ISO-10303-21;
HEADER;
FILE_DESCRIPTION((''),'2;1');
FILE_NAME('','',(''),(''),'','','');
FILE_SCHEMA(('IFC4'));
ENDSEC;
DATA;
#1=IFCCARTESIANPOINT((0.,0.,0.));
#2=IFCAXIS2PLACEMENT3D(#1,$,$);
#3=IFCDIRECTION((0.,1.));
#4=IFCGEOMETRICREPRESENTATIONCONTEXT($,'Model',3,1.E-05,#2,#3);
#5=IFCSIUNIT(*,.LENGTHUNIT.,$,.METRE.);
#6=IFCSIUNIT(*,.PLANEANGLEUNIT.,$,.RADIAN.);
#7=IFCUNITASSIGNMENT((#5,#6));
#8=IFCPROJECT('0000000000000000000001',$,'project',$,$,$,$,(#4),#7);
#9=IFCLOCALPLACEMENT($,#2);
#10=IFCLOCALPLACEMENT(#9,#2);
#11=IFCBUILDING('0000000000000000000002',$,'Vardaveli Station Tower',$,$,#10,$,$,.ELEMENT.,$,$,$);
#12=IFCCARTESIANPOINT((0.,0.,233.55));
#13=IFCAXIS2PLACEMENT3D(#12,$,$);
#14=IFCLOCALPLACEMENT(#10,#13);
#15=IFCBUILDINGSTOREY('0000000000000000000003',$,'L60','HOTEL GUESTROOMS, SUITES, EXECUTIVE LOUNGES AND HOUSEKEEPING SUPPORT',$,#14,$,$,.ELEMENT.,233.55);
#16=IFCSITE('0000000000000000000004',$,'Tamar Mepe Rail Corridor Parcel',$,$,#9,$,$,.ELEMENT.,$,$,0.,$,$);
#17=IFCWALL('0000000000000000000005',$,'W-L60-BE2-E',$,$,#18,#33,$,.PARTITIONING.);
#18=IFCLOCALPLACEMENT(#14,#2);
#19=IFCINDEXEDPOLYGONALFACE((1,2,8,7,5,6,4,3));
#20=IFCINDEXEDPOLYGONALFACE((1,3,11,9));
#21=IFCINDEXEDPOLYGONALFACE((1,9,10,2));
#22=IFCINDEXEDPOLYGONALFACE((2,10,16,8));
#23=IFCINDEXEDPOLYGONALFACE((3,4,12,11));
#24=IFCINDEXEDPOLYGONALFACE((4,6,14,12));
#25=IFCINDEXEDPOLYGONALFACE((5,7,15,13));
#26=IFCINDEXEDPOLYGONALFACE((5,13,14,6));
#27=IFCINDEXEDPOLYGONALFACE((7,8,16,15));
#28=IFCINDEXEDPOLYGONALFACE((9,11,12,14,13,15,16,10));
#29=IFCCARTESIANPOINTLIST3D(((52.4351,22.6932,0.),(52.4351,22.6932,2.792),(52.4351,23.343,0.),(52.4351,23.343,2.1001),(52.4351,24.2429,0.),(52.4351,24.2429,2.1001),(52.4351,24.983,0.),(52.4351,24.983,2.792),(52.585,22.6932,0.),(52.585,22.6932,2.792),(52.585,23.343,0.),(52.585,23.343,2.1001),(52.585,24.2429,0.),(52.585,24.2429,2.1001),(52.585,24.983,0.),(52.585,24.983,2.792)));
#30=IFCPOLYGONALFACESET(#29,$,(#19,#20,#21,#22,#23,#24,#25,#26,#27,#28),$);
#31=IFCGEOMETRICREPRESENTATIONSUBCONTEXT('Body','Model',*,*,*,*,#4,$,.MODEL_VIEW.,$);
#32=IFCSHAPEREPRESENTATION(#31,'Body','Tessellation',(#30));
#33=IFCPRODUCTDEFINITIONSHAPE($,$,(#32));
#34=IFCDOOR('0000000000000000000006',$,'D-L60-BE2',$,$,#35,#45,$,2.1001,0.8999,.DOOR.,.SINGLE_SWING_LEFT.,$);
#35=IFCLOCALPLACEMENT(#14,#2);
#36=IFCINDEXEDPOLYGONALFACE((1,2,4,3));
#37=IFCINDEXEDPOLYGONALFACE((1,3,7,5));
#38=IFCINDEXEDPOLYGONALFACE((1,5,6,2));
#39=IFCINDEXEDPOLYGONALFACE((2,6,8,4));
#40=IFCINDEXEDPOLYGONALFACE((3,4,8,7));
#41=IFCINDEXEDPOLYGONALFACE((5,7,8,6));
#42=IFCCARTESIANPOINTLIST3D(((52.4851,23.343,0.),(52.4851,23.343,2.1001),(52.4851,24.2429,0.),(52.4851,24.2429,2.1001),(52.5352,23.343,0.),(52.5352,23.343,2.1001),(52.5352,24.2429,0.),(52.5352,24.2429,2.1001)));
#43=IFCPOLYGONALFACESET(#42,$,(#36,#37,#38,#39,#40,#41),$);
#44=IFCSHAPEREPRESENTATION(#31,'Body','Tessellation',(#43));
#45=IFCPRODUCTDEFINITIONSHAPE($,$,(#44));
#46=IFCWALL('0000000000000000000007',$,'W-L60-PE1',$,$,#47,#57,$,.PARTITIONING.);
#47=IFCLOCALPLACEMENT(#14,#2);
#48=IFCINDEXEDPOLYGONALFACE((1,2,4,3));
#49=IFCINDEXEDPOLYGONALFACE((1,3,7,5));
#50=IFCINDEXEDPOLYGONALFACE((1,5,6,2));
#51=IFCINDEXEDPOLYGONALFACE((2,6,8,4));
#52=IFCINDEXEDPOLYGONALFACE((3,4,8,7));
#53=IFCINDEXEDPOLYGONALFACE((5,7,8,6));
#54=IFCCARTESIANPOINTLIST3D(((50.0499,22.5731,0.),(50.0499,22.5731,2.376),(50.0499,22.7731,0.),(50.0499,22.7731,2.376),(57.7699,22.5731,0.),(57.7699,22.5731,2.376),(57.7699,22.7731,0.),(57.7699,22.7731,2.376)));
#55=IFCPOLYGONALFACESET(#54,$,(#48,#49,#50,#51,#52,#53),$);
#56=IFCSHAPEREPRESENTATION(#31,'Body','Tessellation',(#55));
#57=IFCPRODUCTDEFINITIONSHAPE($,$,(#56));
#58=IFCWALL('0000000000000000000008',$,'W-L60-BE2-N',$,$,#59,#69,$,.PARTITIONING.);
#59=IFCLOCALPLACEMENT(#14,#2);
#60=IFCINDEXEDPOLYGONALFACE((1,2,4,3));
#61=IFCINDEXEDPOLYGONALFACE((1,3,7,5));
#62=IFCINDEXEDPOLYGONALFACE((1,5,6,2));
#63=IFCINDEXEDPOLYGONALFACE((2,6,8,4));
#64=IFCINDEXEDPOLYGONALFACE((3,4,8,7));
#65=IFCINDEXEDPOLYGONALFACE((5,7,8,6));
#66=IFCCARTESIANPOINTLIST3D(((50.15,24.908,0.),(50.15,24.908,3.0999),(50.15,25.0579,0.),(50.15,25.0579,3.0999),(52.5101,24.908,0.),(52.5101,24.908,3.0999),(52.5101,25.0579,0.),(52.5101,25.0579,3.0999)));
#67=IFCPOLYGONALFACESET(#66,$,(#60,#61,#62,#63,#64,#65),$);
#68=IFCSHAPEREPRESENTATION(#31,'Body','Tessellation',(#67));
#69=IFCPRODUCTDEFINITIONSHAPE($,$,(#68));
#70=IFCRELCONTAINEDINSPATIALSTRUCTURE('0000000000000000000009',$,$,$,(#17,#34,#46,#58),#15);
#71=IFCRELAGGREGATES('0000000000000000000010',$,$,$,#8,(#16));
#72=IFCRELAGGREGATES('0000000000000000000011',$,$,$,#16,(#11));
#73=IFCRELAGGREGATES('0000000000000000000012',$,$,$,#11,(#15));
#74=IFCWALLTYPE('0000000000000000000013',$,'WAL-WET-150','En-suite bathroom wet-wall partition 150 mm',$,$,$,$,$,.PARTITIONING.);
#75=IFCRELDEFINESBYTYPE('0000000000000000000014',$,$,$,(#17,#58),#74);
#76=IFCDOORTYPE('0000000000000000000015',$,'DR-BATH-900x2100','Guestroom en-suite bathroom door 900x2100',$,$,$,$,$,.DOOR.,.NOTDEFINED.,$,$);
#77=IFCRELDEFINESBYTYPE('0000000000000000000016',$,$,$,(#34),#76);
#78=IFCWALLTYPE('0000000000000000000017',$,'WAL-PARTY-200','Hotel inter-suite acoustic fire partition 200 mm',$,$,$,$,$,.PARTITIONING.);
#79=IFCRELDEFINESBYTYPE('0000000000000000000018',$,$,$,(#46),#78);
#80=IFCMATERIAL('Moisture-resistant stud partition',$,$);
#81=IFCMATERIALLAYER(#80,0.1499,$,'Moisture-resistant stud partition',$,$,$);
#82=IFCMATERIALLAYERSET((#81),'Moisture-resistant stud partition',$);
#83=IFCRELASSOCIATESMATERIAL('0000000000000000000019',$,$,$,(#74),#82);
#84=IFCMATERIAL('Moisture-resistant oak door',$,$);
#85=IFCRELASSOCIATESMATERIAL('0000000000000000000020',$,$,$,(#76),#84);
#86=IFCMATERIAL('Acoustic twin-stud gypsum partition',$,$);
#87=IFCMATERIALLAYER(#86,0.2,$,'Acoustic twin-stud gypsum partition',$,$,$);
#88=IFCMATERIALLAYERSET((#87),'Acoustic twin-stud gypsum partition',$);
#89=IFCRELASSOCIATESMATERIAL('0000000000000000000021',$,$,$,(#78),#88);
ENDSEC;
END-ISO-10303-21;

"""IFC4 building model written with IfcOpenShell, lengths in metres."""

from ifc_helpers import new_model, si_unit, direction, frame, frame_2d, origin, place, context, subcontext, project, spatial, rectangle, extrude, source, transform, mapped, material, layer, layer_set, type_object, element, fill, save


model = new_model("IFC4")

# Units and contexts
model_context = context("Model", 3, precision=1e-05, world=origin(), true_north=direction((0.0, 1.0)))
body_context = subcontext(model_context, "Body", "Model", "MODEL_VIEW")
ifc_project = project(units=[si_unit("LENGTHUNIT", "METRE"), si_unit("PLANEANGLEUNIT", "RADIAN")], contexts=[model_context])

# Site, building, storey
site_placement = place(None, origin())
site = spatial("IfcSite", under=ifc_project, at=site_placement, Name="Tamar Mepe Rail Corridor Parcel", CompositionType="ELEMENT", RefElevation=0.0)
building_placement = place(site_placement, origin())
building = spatial("IfcBuilding", under=site, at=building_placement, Name="Vardaveli Station Tower", CompositionType="ELEMENT")
storey_placement = place(building_placement, frame((0.0, 0.0, 233.55)))
storey = spatial("IfcBuildingStorey", under=building, at=storey_placement, Name="L60", Description="HOTEL GUESTROOMS, SUITES, EXECUTIVE LOUNGES AND HOUSEKEEPING SUPPORT", CompositionType="ELEMENT", Elevation=233.55)

# Wall, opening, door
ifc_material_1 = material(Name="Moisture-resistant stud partition")
ifc_layer_1 = layer(ifc_material_1, 0.1499, Name="Moisture-resistant stud partition")
ifc_layer_set_1 = layer_set([ifc_layer_1], Name="Moisture-resistant stud partition")
wall_type_1 = type_object("IfcWallType", Name="WAL-WET-150", Description="En-suite bathroom wet-wall partition 150 mm", PredefinedType="PARTITIONING", material=ifc_layer_set_1)
shared_shape_1 = source(origin(), body_context, "Body", "SweptSolid", [
    extrude(rectangle(XDim=2.2898, YDim=0.1499, at=frame_2d((1.145, 0.0))), origin(), (0.0, 0.0, 1.0), 2.792),
])
wall_1_placement = place(storey_placement, frame((52.51, 22.6931, 0.0), z_axis=(0.0, 0.0, 1.0), x_axis=(0.0, 1.0, 0.0)))
wall_1 = element("IfcWall", 1, at=wall_1_placement, inside=storey, type_object=wall_type_1, Name="W-L60-BE2-E", PredefinedType="PARTITIONING", context=body_context, shape_type="MappedRepresentation", body=[
    mapped(shared_shape_1, transform((0.0, 0.0, 0.0), scale=1.0)),
])
shared_shape_2 = source(origin(), body_context, "Body", "SweptSolid", [
    extrude(rectangle(XDim=0.8999, YDim=2.1001, at=frame_2d((0.45, 1.05))), frame((0.0, 0.085, 0.0), z_axis=(0.0, -1.0, 0.0), x_axis=(1.0, 0.0, 0.0)), (0.0, 0.0, 1.0), 0.1699),
])
opening_1_placement = place(wall_1_placement, frame((0.6499, 0.0, 0.0)))
opening_1 = element("IfcOpeningElement", 2, at=opening_1_placement, cuts=wall_1, PredefinedType="OPENING", context=body_context, shape_type="MappedRepresentation", body=[
    mapped(shared_shape_2, transform((0.0, 0.0, 0.0), scale=1.0)),
])
ifc_material_2 = material(Name="Moisture-resistant oak door")
door_type_1 = type_object("IfcDoorType", Name="DR-BATH-900x2100", Description="Guestroom en-suite bathroom door 900x2100", OperationType="NOTDEFINED", PredefinedType="DOOR", material=ifc_material_2)
shared_shape_3 = source(origin(), body_context, "Body", "SweptSolid", [
    extrude(rectangle(XDim=0.8999, YDim=2.1001, at=frame_2d((0.45, 1.05))), frame((0.0, 0.0249, 0.0), z_axis=(0.0, -1.0, 0.0), x_axis=(1.0, 0.0, 0.0)), (0.0, 0.0, 1.0), 0.05),
])
door_1_placement = place(opening_1_placement, origin())
door_1 = element("IfcDoor", 3, at=door_1_placement, inside=storey, type_object=door_type_1, Name="D-L60-BE2", OperationType="SINGLE_SWING_LEFT", OverallHeight=2.1001, OverallWidth=0.8999, PredefinedType="DOOR", context=body_context, shape_type="MappedRepresentation", body=[
    mapped(shared_shape_3, transform((0.0, 0.0, 0.0), scale=1.0)),
])
fill(opening_1, door_1)

# Walls
ifc_material_3 = material(Name="Acoustic twin-stud gypsum partition")
ifc_layer_2 = layer(ifc_material_3, 0.2, Name="Acoustic twin-stud gypsum partition")
ifc_layer_set_2 = layer_set([ifc_layer_2], Name="Acoustic twin-stud gypsum partition")
wall_type_2 = type_object("IfcWallType", Name="WAL-PARTY-200", Description="Hotel inter-suite acoustic fire partition 200 mm", PredefinedType="PARTITIONING", material=ifc_layer_set_2)
shared_shape_4 = source(origin(), body_context, "Body", "SweptSolid", [
    extrude(rectangle(XDim=7.72, YDim=0.2, at=frame_2d((3.8599, 0.0))), origin(), (0.0, 0.0, 1.0), 2.376),
])
wall_2_placement = place(storey_placement, frame((50.05, 22.6731, 0.0), z_axis=(0.0, 0.0, 1.0), x_axis=(1.0, 0.0, 0.0)))
element("IfcWall", 4, at=wall_2_placement, inside=storey, type_object=wall_type_2, Name="W-L60-PE1", PredefinedType="PARTITIONING", context=body_context, shape_type="MappedRepresentation", body=[
    mapped(shared_shape_4, transform((0.0, 0.0, 0.0), scale=1.0)),
])
shared_shape_5 = source(origin(), body_context, "Body", "SweptSolid", [
    extrude(rectangle(XDim=2.3601, YDim=0.1499, at=frame_2d((1.1802, 0.0))), origin(), (0.0, 0.0, 1.0), 3.0999),
])
wall_3_placement = place(storey_placement, frame((50.1499, 24.9829, 0.0), z_axis=(0.0, 0.0, 1.0), x_axis=(1.0, 0.0, 0.0)))
element("IfcWall", 5, at=wall_3_placement, inside=storey, type_object=wall_type_1, Name="W-L60-BE2-N", PredefinedType="PARTITIONING", context=body_context, shape_type="MappedRepresentation", body=[
    mapped(shared_shape_5, transform((0.0, 0.0, 0.0), scale=1.0)),
])

save(model, "model.ifc")
